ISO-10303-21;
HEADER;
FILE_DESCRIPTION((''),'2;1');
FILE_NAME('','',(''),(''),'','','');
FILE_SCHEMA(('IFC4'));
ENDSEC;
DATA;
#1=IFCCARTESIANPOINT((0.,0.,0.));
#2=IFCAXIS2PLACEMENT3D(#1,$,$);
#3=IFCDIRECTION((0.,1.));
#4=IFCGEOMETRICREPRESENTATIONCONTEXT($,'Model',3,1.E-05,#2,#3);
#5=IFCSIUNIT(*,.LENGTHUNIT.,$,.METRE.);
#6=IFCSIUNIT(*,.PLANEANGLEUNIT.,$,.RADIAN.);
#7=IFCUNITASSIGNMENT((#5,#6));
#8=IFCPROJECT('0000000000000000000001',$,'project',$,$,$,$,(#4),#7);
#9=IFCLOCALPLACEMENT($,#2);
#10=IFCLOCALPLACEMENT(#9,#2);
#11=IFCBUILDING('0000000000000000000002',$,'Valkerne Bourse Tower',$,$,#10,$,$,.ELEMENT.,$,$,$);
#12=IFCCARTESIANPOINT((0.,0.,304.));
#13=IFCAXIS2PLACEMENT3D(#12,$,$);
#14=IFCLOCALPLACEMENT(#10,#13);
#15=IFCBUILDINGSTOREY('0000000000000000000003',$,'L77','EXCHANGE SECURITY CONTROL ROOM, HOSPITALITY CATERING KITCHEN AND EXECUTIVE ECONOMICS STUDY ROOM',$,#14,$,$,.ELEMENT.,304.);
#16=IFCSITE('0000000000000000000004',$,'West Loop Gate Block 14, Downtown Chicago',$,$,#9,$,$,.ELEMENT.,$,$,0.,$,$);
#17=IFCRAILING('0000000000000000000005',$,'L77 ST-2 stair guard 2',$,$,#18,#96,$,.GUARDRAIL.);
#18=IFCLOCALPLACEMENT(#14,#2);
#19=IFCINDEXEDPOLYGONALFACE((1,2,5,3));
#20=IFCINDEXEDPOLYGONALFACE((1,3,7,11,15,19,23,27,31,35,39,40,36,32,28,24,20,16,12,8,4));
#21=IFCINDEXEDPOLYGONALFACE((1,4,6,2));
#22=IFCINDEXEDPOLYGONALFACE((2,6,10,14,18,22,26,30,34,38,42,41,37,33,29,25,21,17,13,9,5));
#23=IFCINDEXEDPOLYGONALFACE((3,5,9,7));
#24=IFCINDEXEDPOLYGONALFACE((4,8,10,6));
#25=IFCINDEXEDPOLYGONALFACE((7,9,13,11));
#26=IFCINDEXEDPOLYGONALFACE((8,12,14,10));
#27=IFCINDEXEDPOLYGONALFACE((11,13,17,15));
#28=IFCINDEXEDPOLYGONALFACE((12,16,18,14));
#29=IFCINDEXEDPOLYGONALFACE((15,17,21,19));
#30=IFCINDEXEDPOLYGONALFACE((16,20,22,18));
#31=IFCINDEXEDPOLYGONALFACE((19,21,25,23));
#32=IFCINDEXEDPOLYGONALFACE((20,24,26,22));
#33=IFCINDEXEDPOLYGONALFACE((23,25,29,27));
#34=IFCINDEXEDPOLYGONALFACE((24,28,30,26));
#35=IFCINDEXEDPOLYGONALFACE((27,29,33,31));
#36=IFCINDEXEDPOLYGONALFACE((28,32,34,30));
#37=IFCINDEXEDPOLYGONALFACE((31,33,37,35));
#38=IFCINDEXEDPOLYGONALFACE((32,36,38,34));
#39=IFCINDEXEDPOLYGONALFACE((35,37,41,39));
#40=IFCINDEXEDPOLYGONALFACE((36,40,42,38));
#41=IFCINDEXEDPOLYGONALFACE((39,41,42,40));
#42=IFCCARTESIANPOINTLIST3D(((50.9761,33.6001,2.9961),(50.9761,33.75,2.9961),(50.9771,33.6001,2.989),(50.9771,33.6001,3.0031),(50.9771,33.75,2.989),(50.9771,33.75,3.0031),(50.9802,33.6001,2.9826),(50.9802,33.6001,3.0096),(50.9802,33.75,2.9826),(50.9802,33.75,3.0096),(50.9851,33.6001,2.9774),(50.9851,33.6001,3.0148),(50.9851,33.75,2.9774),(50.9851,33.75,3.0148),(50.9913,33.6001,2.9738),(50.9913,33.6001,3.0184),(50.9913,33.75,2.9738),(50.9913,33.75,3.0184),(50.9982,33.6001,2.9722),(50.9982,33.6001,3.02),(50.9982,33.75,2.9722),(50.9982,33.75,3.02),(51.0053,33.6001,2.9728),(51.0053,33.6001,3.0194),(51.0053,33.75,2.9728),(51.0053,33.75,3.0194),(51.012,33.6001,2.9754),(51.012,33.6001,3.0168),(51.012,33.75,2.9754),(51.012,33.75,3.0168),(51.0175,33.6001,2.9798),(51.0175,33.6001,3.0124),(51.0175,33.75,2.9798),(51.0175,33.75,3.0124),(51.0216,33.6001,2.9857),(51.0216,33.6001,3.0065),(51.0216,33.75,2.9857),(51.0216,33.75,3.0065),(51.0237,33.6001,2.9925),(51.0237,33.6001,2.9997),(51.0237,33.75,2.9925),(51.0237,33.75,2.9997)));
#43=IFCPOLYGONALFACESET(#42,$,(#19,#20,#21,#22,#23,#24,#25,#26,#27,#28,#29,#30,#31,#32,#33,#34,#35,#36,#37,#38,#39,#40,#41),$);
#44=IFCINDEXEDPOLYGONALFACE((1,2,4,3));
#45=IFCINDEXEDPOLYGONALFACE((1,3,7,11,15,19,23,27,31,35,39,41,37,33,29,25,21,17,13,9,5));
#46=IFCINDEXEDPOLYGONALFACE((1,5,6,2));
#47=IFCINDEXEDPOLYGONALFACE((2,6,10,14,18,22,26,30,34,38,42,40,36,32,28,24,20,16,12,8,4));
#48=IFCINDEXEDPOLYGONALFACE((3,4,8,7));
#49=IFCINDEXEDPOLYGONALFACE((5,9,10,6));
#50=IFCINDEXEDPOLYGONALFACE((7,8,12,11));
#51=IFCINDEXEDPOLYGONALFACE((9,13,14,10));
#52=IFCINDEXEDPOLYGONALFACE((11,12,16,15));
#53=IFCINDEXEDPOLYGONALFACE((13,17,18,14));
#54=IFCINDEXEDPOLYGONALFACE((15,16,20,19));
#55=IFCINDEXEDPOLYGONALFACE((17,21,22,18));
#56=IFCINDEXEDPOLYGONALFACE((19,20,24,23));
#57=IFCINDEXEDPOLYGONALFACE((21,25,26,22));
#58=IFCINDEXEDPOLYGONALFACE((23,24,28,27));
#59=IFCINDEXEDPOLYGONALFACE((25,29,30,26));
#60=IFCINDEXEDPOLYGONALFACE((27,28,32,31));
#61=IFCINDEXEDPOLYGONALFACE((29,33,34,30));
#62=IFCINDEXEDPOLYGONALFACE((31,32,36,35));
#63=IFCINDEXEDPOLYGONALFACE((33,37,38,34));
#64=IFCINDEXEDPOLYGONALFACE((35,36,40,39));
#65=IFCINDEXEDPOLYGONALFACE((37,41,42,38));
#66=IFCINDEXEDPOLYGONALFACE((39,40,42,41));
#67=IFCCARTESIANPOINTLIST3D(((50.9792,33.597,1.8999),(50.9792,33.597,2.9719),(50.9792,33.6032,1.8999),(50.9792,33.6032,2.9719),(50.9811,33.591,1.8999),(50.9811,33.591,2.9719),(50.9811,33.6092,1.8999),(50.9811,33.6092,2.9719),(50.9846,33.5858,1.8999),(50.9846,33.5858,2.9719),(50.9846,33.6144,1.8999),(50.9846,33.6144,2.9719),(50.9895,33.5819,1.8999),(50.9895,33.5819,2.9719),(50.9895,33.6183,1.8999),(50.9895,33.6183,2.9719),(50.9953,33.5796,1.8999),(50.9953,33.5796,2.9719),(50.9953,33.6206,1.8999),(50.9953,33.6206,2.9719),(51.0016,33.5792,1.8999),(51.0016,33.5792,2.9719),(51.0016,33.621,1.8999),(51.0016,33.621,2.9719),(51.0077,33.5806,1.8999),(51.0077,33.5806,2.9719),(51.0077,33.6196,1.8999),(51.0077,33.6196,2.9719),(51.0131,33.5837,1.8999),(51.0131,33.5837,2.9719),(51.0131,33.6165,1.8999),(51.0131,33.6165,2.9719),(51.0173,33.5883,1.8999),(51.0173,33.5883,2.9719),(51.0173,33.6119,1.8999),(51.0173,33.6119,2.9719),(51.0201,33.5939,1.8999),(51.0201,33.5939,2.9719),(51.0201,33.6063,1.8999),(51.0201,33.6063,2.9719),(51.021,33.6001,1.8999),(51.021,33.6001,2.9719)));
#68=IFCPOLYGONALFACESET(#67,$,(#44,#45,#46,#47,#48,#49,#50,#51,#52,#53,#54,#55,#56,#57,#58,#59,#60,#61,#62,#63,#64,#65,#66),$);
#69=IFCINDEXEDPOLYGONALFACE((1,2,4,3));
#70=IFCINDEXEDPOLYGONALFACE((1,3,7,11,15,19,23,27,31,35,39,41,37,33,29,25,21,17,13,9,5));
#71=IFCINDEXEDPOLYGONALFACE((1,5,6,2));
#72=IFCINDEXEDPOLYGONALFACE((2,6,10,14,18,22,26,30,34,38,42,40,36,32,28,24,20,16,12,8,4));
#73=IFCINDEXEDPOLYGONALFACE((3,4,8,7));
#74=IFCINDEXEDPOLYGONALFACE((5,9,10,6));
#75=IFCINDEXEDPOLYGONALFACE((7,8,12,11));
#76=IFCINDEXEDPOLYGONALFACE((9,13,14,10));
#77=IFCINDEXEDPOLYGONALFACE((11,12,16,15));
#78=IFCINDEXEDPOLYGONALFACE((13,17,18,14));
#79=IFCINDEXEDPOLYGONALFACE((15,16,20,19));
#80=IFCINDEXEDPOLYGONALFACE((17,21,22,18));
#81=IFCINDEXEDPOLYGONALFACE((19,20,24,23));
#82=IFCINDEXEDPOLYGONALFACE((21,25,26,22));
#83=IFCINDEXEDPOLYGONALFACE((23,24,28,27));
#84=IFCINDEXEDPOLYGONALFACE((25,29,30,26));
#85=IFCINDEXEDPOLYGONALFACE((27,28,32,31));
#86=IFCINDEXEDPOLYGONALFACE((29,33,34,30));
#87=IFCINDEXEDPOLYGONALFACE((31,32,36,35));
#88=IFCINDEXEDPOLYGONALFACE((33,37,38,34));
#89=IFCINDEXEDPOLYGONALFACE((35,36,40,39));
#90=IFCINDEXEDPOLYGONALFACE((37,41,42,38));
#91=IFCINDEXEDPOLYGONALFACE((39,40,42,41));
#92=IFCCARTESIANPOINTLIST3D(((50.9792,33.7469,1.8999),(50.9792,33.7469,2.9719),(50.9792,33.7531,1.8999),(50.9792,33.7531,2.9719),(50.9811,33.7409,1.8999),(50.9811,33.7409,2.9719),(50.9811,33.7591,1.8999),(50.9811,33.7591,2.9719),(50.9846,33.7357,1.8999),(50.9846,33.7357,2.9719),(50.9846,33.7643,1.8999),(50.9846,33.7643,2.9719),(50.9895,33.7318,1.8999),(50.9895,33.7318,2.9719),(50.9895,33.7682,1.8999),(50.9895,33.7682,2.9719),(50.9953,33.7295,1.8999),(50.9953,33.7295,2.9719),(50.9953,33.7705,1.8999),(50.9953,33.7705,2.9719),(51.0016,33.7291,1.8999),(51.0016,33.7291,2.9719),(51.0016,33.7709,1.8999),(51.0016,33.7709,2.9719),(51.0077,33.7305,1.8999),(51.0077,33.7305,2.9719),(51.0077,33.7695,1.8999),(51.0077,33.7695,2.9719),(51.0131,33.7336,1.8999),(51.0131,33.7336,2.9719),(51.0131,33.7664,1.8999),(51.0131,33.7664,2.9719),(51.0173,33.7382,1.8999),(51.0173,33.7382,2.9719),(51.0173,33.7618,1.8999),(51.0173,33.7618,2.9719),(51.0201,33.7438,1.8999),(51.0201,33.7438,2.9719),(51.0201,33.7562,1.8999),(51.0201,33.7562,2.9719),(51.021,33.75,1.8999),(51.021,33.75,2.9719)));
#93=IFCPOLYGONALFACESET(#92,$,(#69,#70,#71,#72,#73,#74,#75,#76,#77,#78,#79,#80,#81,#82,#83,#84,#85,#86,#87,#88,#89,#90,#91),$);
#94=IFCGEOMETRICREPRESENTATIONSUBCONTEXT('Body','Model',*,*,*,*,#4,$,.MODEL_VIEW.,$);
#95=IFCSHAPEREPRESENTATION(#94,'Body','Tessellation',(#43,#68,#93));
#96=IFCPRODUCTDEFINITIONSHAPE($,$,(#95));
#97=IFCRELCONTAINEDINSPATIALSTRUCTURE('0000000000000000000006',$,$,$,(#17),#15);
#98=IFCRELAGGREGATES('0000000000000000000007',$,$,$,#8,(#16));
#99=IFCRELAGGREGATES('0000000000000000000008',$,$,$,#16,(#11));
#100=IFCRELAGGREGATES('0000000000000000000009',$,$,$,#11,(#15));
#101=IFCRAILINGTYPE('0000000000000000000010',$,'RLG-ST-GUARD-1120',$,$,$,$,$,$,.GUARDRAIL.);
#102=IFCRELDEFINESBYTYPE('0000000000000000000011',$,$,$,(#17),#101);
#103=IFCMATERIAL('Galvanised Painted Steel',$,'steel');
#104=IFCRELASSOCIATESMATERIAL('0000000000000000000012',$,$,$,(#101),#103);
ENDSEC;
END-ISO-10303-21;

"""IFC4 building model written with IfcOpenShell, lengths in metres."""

from ifc_helpers import new_model, si_unit, direction, frame, origin, origin_2d, place, context, subcontext, project, spatial, circle, extrude, material, type_object, element, save


model = new_model("IFC4")

# Units and contexts
model_context = context("Model", 3, precision=1e-05, world=origin(), true_north=direction((0.0, 1.0)))
body_context = subcontext(model_context, "Body", "Model", "MODEL_VIEW")
ifc_project = project(units=[si_unit("LENGTHUNIT", "METRE"), si_unit("PLANEANGLEUNIT", "RADIAN")], contexts=[model_context])

# Site, building, storey
site_placement = place(None, origin())
site = spatial("IfcSite", under=ifc_project, at=site_placement, Name="West Loop Gate Block 14, Downtown Chicago", CompositionType="ELEMENT", RefElevation=0.0)
building_placement = place(site_placement, origin())
building = spatial("IfcBuilding", under=site, at=building_placement, Name="Valkerne Bourse Tower", CompositionType="ELEMENT")
storey_placement = place(building_placement, frame((0.0, 0.0, 304.0)))
storey = spatial("IfcBuildingStorey", under=building, at=storey_placement, Name="L77", Description="EXCHANGE SECURITY CONTROL ROOM, HOSPITALITY CATERING KITCHEN AND EXECUTIVE ECONOMICS STUDY ROOM", CompositionType="ELEMENT", Elevation=304.0)

# Shared definitions
ifc_material_1 = material(Name="Galvanised Painted Steel", Category="steel")

# Railing
railing_type_1 = type_object("IfcRailingType", Name="RLG-ST-GUARD-1120", PredefinedType="GUARDRAIL", material=ifc_material_1)
railing_1_placement = place(storey_placement, frame((51.0, 33.6001, 1.8999)))
element("IfcRailing", 1, at=railing_1_placement, inside=storey, type_object=railing_type_1, Name="L77 ST-2 stair guard 2", PredefinedType="GUARDRAIL", context=body_context, shape_type="SweptSolid", body=[
    extrude(circle(Radius=0.0239, at=origin_2d()), frame((0.0, 0.0, 1.0962), z_axis=(0.0, 1.0, 0.0), x_axis=(-1.0, 0.0, 0.0)), (0.0, 0.0, 1.0), 0.1499),
    extrude(circle(Radius=0.021, at=origin_2d()), origin(), (0.0, 0.0, 1.0), 1.072),
    extrude(circle(Radius=0.021, at=origin_2d()), frame((0.0, 0.1499, 0.0)), (0.0, 0.0, 1.0), 1.072),
])

save(model, "model.ifc")
